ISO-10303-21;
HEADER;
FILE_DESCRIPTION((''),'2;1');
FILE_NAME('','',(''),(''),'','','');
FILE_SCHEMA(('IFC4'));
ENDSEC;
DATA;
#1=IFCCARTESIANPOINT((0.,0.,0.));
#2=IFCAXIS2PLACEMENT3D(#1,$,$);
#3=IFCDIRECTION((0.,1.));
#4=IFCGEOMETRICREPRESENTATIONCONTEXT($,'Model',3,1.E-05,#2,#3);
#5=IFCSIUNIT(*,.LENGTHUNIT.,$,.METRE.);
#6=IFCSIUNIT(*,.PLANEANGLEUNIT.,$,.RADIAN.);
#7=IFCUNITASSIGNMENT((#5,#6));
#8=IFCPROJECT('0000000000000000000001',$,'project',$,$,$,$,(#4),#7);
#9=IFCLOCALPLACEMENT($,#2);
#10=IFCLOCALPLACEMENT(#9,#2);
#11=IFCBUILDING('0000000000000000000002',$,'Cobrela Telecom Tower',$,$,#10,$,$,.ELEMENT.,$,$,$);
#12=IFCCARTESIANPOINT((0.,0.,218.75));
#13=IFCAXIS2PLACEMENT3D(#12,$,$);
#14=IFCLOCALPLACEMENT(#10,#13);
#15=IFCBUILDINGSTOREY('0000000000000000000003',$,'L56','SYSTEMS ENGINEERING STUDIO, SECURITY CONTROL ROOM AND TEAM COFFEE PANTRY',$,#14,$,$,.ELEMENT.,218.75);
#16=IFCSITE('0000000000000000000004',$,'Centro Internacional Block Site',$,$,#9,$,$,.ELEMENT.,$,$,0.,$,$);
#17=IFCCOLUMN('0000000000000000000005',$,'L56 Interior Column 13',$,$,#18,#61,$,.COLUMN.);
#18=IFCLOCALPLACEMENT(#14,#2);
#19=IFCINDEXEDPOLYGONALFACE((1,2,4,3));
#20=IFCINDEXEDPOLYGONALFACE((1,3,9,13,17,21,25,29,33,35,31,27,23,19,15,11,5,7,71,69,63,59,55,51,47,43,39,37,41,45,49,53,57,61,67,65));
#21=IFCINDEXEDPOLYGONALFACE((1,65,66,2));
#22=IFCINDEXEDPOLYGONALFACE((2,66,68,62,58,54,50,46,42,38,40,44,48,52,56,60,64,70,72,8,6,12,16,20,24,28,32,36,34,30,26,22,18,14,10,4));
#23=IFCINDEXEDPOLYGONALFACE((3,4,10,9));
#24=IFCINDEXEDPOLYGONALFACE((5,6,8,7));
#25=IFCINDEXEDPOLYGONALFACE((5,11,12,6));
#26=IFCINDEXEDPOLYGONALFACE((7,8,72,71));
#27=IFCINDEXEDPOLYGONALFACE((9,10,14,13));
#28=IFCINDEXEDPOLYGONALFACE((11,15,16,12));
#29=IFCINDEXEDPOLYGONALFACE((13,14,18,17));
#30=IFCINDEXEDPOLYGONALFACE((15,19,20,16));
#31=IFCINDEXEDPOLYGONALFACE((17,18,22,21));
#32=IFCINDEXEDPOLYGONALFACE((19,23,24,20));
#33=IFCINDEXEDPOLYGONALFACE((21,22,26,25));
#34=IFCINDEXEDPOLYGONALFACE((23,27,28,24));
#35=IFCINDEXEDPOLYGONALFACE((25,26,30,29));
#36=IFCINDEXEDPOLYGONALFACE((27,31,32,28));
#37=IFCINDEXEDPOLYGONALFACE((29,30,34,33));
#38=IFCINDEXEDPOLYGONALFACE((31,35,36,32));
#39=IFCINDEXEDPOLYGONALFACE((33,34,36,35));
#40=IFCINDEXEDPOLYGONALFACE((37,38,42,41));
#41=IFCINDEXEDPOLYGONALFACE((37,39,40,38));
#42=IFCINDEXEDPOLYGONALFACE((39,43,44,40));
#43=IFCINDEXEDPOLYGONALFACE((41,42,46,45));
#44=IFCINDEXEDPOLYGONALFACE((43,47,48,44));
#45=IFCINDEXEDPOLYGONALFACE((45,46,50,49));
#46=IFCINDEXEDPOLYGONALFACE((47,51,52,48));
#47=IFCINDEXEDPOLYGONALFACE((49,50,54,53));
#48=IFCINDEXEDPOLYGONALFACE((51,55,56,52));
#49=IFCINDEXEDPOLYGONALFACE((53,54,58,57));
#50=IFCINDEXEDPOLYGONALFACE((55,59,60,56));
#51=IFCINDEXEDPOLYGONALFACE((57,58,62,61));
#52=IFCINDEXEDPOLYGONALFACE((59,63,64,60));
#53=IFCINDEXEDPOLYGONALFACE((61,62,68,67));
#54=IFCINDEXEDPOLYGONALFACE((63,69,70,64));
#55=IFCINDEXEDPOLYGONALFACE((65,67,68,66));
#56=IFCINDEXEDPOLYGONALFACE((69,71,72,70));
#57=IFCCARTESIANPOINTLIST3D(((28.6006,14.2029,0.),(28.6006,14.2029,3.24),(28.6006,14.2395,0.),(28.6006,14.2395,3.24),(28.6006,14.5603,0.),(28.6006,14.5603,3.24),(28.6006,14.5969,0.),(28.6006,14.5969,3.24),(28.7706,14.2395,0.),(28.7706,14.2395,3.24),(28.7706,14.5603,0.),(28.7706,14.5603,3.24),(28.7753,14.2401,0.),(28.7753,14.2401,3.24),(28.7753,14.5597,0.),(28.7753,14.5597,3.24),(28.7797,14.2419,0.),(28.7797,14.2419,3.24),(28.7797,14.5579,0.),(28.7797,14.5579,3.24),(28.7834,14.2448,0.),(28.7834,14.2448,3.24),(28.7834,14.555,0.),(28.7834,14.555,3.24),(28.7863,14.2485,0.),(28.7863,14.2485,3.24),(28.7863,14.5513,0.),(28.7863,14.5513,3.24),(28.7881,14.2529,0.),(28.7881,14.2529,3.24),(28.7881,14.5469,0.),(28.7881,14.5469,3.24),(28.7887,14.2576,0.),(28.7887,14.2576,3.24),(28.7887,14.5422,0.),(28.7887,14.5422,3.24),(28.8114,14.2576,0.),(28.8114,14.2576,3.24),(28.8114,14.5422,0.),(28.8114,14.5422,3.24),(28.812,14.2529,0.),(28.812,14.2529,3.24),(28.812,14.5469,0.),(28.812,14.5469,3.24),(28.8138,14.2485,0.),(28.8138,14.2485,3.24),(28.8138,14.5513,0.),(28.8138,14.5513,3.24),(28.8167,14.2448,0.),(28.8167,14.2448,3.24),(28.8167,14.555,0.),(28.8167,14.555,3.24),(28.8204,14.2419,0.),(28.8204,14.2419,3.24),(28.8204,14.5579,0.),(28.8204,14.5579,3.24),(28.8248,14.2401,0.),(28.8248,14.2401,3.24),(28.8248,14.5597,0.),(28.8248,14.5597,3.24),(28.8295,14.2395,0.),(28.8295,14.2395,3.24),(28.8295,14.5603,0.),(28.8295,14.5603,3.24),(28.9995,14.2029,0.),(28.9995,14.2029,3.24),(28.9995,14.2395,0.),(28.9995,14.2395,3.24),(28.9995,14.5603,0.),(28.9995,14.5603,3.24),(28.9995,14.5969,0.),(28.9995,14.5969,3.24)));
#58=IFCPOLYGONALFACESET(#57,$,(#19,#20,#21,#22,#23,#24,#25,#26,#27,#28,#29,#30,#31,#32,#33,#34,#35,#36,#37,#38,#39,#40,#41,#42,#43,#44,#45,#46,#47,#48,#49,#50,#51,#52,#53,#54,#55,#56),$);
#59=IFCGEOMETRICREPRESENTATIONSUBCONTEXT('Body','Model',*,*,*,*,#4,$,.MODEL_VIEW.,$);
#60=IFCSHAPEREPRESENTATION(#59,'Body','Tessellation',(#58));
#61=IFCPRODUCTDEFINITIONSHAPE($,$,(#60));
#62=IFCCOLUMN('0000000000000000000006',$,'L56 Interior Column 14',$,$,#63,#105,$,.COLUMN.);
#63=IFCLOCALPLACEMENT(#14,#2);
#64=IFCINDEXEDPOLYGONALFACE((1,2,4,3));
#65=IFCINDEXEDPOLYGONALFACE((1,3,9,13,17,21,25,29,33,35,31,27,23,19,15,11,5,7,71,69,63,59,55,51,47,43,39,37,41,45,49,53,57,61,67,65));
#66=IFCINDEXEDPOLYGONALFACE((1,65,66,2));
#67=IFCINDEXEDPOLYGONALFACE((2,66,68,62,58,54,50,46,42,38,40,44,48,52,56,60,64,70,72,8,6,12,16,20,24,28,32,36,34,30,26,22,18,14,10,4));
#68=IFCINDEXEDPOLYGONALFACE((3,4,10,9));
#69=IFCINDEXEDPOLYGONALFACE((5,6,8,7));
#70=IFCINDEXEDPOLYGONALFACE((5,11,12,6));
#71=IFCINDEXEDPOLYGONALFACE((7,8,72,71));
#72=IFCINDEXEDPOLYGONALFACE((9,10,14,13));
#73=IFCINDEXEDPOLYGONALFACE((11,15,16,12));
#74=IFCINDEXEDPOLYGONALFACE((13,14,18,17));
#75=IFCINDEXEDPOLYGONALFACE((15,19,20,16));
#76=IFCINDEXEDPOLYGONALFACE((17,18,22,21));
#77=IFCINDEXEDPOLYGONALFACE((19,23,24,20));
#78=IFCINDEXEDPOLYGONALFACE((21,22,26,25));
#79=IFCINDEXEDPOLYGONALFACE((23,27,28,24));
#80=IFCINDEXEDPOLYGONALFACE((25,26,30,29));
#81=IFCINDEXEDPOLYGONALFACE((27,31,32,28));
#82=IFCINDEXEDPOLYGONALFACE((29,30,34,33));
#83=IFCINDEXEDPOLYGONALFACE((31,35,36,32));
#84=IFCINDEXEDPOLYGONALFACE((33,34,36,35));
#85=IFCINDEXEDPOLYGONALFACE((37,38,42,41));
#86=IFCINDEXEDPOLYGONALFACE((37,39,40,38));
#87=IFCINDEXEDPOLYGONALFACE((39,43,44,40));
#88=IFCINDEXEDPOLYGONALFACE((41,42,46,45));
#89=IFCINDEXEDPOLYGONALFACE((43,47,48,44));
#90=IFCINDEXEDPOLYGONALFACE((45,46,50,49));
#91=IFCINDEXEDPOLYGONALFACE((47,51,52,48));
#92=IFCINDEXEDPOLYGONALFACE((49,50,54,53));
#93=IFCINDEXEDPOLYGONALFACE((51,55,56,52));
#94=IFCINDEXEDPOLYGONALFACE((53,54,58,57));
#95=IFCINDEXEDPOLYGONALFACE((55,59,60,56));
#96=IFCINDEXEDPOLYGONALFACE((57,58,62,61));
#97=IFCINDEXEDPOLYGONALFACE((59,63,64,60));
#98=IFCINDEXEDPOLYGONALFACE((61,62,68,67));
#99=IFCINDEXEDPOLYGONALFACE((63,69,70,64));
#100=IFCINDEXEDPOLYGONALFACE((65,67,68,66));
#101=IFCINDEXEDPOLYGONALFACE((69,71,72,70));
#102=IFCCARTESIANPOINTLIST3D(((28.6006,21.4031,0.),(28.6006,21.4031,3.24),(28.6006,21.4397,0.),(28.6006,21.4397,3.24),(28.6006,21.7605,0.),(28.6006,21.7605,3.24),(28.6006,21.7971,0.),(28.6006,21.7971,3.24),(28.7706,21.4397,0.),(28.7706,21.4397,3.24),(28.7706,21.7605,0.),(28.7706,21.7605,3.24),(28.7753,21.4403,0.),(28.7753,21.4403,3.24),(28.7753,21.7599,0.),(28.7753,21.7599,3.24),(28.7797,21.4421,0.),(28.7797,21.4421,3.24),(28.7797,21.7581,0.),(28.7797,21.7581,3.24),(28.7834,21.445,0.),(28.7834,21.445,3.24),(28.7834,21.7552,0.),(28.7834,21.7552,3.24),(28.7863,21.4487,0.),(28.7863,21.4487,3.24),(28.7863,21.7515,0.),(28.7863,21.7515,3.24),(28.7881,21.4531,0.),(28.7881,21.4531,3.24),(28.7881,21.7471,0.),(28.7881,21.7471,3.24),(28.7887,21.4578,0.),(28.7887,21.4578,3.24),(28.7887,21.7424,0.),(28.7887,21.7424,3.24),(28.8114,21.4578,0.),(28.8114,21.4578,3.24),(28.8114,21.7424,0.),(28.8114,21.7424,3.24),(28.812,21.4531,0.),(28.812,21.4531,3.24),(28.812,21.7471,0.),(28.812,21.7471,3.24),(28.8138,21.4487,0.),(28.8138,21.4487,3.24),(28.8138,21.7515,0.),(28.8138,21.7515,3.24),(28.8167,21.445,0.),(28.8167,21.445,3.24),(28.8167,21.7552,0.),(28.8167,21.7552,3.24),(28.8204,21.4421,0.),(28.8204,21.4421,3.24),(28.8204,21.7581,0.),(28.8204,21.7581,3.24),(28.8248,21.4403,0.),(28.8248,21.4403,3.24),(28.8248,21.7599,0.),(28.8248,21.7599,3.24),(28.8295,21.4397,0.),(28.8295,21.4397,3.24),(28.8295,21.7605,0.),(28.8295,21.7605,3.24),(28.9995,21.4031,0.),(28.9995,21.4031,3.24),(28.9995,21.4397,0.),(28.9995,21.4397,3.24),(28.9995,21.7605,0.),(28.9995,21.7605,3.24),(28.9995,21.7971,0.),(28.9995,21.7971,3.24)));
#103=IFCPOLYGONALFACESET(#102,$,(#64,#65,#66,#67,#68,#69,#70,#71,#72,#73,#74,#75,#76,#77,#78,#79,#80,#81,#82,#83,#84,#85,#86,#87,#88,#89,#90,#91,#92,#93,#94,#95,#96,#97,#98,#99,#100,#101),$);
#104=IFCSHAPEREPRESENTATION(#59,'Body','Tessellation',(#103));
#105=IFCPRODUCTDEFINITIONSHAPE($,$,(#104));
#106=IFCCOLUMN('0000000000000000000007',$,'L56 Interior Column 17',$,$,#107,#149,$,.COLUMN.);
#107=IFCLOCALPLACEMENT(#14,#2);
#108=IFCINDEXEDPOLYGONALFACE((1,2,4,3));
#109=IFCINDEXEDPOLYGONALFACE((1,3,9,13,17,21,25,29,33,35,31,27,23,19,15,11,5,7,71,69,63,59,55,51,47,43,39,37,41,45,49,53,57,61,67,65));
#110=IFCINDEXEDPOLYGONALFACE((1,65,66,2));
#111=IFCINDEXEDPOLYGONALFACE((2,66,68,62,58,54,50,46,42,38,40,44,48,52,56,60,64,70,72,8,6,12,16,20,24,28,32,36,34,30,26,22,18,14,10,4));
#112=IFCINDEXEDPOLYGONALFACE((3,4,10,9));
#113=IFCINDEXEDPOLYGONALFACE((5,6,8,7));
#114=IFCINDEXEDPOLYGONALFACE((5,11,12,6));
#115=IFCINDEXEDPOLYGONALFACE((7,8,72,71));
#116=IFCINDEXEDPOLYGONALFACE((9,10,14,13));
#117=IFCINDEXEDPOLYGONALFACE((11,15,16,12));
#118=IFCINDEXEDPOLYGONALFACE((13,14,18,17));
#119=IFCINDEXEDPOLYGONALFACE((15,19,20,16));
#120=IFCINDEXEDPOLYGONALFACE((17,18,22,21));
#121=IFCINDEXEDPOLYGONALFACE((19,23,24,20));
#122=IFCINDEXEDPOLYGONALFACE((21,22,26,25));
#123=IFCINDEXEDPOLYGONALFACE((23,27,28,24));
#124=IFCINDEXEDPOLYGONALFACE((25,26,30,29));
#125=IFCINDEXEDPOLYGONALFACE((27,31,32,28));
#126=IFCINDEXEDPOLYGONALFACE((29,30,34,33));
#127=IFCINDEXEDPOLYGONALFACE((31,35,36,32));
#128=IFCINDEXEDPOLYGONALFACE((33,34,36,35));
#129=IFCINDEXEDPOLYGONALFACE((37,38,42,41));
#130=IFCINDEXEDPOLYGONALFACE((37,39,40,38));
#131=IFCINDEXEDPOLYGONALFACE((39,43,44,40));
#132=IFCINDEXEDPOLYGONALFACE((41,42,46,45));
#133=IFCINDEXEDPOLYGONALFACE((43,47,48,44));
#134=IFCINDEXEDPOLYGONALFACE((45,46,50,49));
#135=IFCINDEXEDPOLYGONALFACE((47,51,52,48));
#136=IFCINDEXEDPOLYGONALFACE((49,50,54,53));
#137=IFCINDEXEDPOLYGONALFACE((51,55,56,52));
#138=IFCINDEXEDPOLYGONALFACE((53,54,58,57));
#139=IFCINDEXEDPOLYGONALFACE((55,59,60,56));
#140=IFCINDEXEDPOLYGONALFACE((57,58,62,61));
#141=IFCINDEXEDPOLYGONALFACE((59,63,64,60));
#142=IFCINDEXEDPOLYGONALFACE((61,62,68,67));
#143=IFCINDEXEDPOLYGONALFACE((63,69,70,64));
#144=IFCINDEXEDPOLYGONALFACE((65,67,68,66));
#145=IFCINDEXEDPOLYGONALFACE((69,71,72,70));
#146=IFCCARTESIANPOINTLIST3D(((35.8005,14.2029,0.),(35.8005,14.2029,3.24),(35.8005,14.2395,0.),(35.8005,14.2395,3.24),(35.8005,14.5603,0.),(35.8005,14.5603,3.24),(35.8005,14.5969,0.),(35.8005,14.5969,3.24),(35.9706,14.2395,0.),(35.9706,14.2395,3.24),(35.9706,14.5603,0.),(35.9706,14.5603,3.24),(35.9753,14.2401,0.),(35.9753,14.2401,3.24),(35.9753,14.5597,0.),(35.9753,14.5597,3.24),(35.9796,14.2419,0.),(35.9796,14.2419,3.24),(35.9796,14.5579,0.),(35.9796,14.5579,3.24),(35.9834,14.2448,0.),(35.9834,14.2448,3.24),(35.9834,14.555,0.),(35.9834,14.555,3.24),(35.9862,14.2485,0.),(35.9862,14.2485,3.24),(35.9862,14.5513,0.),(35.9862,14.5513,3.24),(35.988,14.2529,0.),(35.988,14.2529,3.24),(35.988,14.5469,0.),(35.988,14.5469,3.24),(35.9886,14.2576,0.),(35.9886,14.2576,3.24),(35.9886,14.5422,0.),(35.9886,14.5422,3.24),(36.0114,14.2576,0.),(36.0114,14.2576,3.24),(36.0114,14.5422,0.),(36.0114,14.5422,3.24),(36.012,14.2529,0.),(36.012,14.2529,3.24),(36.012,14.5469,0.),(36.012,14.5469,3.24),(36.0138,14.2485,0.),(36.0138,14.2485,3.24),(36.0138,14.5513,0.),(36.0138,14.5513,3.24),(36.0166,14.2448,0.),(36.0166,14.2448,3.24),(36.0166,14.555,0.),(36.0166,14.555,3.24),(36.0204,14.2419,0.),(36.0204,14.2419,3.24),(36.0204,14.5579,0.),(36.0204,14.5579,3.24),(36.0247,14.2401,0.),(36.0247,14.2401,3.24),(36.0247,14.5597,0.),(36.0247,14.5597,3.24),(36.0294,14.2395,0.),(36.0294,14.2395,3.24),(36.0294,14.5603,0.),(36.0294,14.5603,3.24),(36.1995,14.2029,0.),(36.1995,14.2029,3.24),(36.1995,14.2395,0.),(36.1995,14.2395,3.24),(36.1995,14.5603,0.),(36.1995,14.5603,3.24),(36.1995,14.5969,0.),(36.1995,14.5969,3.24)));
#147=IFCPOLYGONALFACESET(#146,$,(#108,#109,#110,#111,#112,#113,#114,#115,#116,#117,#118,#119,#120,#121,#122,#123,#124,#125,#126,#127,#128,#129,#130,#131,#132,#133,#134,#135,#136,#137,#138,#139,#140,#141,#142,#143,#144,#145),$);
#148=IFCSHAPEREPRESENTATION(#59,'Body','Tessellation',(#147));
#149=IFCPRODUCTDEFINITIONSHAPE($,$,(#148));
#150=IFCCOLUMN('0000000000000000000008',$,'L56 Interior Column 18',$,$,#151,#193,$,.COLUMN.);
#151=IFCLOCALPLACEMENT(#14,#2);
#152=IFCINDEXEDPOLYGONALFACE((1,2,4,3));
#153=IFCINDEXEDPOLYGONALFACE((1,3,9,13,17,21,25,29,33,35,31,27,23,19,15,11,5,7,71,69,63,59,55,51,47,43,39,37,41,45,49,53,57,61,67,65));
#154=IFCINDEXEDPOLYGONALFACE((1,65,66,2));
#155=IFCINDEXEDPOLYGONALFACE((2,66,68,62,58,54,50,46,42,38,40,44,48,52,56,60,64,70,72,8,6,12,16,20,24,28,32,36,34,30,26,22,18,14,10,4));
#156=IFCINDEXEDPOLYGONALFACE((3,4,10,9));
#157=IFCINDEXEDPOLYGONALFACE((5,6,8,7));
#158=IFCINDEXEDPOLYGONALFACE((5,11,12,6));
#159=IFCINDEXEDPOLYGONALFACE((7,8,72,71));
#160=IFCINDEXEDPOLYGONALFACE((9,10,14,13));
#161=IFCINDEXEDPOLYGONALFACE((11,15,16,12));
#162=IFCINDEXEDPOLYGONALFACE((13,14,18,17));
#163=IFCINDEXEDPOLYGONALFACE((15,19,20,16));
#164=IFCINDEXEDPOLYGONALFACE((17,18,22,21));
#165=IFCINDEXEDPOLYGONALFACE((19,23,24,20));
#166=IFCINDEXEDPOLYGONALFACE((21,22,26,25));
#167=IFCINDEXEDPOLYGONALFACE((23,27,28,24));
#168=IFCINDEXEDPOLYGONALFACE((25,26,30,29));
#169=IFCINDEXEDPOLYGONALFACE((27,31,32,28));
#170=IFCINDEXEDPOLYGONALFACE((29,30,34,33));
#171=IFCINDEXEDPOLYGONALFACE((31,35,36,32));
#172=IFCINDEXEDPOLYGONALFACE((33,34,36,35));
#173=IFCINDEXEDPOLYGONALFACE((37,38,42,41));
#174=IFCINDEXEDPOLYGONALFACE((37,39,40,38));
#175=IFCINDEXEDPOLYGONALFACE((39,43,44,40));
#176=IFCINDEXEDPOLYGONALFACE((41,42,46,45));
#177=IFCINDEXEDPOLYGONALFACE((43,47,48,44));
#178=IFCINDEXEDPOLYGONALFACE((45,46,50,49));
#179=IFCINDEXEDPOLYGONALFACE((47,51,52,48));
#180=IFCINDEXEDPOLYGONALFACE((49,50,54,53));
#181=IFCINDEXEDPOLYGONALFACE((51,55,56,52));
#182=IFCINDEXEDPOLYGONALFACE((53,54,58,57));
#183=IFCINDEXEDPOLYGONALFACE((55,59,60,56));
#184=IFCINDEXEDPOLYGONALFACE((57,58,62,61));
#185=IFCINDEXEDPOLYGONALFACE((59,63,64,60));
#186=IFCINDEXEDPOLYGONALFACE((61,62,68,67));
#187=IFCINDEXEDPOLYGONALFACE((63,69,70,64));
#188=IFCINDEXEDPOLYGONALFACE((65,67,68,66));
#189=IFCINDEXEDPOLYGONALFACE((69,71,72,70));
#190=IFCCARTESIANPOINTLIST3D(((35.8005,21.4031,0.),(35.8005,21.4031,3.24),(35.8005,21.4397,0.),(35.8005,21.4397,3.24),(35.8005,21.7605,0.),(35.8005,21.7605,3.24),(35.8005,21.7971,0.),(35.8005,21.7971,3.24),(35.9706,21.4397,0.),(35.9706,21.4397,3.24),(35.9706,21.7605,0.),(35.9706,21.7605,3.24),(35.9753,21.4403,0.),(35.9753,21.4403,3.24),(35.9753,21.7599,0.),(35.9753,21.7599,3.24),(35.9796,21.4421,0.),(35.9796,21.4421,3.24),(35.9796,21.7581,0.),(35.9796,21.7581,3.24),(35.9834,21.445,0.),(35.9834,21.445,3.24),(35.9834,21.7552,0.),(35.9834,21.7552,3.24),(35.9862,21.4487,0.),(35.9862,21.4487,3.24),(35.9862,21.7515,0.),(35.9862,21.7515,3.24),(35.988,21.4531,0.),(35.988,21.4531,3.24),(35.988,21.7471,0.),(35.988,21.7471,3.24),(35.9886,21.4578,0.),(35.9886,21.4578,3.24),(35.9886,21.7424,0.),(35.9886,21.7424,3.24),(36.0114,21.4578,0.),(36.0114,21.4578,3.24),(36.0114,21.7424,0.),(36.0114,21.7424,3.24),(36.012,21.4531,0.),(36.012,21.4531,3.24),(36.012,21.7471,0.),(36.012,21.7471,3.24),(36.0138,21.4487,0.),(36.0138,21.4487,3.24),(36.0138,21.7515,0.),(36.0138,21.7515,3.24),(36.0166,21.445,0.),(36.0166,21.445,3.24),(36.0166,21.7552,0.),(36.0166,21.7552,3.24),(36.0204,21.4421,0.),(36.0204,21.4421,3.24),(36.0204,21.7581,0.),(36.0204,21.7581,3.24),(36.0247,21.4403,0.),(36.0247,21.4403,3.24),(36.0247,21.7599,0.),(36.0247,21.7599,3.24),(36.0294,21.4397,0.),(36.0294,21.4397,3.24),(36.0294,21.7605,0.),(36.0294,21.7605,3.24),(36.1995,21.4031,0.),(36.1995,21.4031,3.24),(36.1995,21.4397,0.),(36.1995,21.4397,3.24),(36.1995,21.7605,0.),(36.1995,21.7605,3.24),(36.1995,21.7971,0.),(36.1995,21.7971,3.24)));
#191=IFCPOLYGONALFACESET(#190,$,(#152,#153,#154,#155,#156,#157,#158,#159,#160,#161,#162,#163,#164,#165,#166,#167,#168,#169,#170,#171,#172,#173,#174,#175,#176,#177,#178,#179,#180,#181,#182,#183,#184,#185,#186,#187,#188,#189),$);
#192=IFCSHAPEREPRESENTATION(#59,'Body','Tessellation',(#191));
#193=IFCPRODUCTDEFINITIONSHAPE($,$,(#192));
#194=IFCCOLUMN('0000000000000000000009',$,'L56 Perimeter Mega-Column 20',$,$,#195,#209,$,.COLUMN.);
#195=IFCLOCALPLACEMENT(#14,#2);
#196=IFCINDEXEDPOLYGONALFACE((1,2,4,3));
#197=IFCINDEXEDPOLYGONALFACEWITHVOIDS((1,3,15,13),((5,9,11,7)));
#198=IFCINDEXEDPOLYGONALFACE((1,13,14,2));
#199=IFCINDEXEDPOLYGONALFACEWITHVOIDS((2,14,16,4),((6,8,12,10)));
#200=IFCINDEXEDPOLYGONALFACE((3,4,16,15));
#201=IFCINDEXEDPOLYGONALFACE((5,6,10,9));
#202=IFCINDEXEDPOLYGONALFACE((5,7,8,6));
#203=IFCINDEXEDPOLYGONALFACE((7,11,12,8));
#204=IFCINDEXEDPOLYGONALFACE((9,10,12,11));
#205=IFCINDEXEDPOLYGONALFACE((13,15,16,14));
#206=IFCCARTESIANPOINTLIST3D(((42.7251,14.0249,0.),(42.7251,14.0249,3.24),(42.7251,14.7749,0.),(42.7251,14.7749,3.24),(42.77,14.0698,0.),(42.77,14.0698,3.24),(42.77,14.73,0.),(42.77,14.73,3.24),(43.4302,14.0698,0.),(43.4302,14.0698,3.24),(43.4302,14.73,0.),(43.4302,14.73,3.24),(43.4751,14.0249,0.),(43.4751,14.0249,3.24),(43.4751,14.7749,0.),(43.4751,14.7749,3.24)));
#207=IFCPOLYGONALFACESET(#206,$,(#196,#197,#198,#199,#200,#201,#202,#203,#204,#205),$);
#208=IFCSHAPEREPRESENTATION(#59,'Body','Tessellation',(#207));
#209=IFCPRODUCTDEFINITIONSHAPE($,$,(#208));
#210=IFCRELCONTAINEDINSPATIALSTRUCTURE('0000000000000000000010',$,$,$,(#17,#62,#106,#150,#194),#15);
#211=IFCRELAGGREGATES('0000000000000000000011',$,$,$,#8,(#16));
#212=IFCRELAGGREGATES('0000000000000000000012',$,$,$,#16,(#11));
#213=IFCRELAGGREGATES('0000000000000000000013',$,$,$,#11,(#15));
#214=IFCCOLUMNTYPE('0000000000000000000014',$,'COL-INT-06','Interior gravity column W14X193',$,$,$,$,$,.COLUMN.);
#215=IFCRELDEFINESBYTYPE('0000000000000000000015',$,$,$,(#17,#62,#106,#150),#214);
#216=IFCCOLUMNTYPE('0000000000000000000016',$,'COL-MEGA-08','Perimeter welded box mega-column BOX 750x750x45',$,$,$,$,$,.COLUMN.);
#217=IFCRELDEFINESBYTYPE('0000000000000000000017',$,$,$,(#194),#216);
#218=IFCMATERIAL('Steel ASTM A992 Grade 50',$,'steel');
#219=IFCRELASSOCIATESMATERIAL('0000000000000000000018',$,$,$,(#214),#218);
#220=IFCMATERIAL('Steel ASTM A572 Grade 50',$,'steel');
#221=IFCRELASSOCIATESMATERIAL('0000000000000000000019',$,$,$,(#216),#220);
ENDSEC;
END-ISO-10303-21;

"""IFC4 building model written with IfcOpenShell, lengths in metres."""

from ifc_helpers import new_model, si_unit, direction, frame, origin, origin_2d, place, context, subcontext, project, spatial, hollow_rectangle, i_section, extrude, material, material_profile, profile_set, type_object, element, save


model = new_model("IFC4")

# Units and contexts
model_context = context("Model", 3, precision=1e-05, world=origin(), true_north=direction((0.0, 1.0)))
body_context = subcontext(model_context, "Body", "Model", "MODEL_VIEW")
ifc_project = project(units=[si_unit("LENGTHUNIT", "METRE"), si_unit("PLANEANGLEUNIT", "RADIAN")], contexts=[model_context])

# Site, building, storey
site_placement = place(None, origin())
site = spatial("IfcSite", under=ifc_project, at=site_placement, Name="Centro Internacional Block Site", CompositionType="ELEMENT", RefElevation=0.0)
building_placement = place(site_placement, origin())
building = spatial("IfcBuilding", under=site, at=building_placement, Name="Cobrela Telecom Tower", CompositionType="ELEMENT")
storey_placement = place(building_placement, frame((0.0, 0.0, 218.75)))
storey = spatial("IfcBuildingStorey", under=building, at=storey_placement, Name="L56", Description="SYSTEMS ENGINEERING STUDIO, SECURITY CONTROL ROOM AND TEAM COFFEE PANTRY", CompositionType="ELEMENT", Elevation=218.75)

# Columns
ifc_material_1 = material(Name="Steel ASTM A992 Grade 50", Category="steel")
ifc_material_profile_1 = material_profile(ifc_material_1, i_section(OverallWidth=0.3989, OverallDepth=0.394, WebThickness=0.0227, FlangeThickness=0.0366, FilletRadius=0.0181, at=origin_2d()), Name="W14X193")
ifc_profile_set_1 = profile_set([ifc_material_profile_1], Name="Steel ASTM A992 Grade 50")
column_type_1 = type_object("IfcColumnType", Name="COL-INT-06", Description="Interior gravity column W14X193", PredefinedType="COLUMN", material=ifc_profile_set_1)
for number, where, z_axis, x_axis, name in (
    (1, (28.8, 14.3999, 0.0), (0.0, 0.0, 1.0), (1.0, 0.0, 0.0), "L56 Interior Column 13"),
    (2, (28.8, 21.6001, 0.0), (0.0, 0.0, 1.0), (1.0, 0.0, 0.0), "L56 Interior Column 14"),
    (3, (36.0, 14.3999, 0.0), (0.0, 0.0, 1.0), (1.0, 0.0, 0.0), "L56 Interior Column 17"),
    (4, (36.0, 21.6001, 0.0), (0.0, 0.0, 1.0), (1.0, 0.0, 0.0), "L56 Interior Column 18"),
):
    element("IfcColumn", number, at=place(storey_placement, frame(where, z_axis=z_axis, x_axis=x_axis)), inside=storey, type_object=column_type_1, Name=name, PredefinedType="COLUMN", context=body_context, shape_type="SweptSolid", body=[
        extrude(i_section(OverallWidth=0.3989, OverallDepth=0.394, WebThickness=0.0227, FlangeThickness=0.0366, FilletRadius=0.0181, at=origin_2d()), origin(), (0.0, 0.0, 1.0), 3.24),
    ])
ifc_material_2 = material(Name="Steel ASTM A572 Grade 50", Category="steel")
ifc_material_profile_2 = material_profile(ifc_material_2, hollow_rectangle(XDim=0.75, YDim=0.75, WallThickness=0.0449, at=origin_2d()), Name="BOX 750x750x45")
ifc_profile_set_2 = profile_set([ifc_material_profile_2], Name="Steel ASTM A572 Grade 50")
column_type_2 = type_object("IfcColumnType", Name="COL-MEGA-08", Description="Perimeter welded box mega-column BOX 750x750x45", PredefinedType="COLUMN", material=ifc_profile_set_2)
for number, where, z_axis, x_axis, name in (
    (5, (43.1001, 14.3999, 0.0), (0.0, 0.0, 1.0), (1.0, 0.0, 0.0), "L56 Perimeter Mega-Column 20"),
):
    element("IfcColumn", number, at=place(storey_placement, frame(where, z_axis=z_axis, x_axis=x_axis)), inside=storey, type_object=column_type_2, Name=name, PredefinedType="COLUMN", context=body_context, shape_type="SweptSolid", body=[
        extrude(hollow_rectangle(XDim=0.75, YDim=0.75, WallThickness=0.0449, at=origin_2d()), origin(), (0.0, 0.0, 1.0), 3.24),
    ])

save(model, "model.ifc")
